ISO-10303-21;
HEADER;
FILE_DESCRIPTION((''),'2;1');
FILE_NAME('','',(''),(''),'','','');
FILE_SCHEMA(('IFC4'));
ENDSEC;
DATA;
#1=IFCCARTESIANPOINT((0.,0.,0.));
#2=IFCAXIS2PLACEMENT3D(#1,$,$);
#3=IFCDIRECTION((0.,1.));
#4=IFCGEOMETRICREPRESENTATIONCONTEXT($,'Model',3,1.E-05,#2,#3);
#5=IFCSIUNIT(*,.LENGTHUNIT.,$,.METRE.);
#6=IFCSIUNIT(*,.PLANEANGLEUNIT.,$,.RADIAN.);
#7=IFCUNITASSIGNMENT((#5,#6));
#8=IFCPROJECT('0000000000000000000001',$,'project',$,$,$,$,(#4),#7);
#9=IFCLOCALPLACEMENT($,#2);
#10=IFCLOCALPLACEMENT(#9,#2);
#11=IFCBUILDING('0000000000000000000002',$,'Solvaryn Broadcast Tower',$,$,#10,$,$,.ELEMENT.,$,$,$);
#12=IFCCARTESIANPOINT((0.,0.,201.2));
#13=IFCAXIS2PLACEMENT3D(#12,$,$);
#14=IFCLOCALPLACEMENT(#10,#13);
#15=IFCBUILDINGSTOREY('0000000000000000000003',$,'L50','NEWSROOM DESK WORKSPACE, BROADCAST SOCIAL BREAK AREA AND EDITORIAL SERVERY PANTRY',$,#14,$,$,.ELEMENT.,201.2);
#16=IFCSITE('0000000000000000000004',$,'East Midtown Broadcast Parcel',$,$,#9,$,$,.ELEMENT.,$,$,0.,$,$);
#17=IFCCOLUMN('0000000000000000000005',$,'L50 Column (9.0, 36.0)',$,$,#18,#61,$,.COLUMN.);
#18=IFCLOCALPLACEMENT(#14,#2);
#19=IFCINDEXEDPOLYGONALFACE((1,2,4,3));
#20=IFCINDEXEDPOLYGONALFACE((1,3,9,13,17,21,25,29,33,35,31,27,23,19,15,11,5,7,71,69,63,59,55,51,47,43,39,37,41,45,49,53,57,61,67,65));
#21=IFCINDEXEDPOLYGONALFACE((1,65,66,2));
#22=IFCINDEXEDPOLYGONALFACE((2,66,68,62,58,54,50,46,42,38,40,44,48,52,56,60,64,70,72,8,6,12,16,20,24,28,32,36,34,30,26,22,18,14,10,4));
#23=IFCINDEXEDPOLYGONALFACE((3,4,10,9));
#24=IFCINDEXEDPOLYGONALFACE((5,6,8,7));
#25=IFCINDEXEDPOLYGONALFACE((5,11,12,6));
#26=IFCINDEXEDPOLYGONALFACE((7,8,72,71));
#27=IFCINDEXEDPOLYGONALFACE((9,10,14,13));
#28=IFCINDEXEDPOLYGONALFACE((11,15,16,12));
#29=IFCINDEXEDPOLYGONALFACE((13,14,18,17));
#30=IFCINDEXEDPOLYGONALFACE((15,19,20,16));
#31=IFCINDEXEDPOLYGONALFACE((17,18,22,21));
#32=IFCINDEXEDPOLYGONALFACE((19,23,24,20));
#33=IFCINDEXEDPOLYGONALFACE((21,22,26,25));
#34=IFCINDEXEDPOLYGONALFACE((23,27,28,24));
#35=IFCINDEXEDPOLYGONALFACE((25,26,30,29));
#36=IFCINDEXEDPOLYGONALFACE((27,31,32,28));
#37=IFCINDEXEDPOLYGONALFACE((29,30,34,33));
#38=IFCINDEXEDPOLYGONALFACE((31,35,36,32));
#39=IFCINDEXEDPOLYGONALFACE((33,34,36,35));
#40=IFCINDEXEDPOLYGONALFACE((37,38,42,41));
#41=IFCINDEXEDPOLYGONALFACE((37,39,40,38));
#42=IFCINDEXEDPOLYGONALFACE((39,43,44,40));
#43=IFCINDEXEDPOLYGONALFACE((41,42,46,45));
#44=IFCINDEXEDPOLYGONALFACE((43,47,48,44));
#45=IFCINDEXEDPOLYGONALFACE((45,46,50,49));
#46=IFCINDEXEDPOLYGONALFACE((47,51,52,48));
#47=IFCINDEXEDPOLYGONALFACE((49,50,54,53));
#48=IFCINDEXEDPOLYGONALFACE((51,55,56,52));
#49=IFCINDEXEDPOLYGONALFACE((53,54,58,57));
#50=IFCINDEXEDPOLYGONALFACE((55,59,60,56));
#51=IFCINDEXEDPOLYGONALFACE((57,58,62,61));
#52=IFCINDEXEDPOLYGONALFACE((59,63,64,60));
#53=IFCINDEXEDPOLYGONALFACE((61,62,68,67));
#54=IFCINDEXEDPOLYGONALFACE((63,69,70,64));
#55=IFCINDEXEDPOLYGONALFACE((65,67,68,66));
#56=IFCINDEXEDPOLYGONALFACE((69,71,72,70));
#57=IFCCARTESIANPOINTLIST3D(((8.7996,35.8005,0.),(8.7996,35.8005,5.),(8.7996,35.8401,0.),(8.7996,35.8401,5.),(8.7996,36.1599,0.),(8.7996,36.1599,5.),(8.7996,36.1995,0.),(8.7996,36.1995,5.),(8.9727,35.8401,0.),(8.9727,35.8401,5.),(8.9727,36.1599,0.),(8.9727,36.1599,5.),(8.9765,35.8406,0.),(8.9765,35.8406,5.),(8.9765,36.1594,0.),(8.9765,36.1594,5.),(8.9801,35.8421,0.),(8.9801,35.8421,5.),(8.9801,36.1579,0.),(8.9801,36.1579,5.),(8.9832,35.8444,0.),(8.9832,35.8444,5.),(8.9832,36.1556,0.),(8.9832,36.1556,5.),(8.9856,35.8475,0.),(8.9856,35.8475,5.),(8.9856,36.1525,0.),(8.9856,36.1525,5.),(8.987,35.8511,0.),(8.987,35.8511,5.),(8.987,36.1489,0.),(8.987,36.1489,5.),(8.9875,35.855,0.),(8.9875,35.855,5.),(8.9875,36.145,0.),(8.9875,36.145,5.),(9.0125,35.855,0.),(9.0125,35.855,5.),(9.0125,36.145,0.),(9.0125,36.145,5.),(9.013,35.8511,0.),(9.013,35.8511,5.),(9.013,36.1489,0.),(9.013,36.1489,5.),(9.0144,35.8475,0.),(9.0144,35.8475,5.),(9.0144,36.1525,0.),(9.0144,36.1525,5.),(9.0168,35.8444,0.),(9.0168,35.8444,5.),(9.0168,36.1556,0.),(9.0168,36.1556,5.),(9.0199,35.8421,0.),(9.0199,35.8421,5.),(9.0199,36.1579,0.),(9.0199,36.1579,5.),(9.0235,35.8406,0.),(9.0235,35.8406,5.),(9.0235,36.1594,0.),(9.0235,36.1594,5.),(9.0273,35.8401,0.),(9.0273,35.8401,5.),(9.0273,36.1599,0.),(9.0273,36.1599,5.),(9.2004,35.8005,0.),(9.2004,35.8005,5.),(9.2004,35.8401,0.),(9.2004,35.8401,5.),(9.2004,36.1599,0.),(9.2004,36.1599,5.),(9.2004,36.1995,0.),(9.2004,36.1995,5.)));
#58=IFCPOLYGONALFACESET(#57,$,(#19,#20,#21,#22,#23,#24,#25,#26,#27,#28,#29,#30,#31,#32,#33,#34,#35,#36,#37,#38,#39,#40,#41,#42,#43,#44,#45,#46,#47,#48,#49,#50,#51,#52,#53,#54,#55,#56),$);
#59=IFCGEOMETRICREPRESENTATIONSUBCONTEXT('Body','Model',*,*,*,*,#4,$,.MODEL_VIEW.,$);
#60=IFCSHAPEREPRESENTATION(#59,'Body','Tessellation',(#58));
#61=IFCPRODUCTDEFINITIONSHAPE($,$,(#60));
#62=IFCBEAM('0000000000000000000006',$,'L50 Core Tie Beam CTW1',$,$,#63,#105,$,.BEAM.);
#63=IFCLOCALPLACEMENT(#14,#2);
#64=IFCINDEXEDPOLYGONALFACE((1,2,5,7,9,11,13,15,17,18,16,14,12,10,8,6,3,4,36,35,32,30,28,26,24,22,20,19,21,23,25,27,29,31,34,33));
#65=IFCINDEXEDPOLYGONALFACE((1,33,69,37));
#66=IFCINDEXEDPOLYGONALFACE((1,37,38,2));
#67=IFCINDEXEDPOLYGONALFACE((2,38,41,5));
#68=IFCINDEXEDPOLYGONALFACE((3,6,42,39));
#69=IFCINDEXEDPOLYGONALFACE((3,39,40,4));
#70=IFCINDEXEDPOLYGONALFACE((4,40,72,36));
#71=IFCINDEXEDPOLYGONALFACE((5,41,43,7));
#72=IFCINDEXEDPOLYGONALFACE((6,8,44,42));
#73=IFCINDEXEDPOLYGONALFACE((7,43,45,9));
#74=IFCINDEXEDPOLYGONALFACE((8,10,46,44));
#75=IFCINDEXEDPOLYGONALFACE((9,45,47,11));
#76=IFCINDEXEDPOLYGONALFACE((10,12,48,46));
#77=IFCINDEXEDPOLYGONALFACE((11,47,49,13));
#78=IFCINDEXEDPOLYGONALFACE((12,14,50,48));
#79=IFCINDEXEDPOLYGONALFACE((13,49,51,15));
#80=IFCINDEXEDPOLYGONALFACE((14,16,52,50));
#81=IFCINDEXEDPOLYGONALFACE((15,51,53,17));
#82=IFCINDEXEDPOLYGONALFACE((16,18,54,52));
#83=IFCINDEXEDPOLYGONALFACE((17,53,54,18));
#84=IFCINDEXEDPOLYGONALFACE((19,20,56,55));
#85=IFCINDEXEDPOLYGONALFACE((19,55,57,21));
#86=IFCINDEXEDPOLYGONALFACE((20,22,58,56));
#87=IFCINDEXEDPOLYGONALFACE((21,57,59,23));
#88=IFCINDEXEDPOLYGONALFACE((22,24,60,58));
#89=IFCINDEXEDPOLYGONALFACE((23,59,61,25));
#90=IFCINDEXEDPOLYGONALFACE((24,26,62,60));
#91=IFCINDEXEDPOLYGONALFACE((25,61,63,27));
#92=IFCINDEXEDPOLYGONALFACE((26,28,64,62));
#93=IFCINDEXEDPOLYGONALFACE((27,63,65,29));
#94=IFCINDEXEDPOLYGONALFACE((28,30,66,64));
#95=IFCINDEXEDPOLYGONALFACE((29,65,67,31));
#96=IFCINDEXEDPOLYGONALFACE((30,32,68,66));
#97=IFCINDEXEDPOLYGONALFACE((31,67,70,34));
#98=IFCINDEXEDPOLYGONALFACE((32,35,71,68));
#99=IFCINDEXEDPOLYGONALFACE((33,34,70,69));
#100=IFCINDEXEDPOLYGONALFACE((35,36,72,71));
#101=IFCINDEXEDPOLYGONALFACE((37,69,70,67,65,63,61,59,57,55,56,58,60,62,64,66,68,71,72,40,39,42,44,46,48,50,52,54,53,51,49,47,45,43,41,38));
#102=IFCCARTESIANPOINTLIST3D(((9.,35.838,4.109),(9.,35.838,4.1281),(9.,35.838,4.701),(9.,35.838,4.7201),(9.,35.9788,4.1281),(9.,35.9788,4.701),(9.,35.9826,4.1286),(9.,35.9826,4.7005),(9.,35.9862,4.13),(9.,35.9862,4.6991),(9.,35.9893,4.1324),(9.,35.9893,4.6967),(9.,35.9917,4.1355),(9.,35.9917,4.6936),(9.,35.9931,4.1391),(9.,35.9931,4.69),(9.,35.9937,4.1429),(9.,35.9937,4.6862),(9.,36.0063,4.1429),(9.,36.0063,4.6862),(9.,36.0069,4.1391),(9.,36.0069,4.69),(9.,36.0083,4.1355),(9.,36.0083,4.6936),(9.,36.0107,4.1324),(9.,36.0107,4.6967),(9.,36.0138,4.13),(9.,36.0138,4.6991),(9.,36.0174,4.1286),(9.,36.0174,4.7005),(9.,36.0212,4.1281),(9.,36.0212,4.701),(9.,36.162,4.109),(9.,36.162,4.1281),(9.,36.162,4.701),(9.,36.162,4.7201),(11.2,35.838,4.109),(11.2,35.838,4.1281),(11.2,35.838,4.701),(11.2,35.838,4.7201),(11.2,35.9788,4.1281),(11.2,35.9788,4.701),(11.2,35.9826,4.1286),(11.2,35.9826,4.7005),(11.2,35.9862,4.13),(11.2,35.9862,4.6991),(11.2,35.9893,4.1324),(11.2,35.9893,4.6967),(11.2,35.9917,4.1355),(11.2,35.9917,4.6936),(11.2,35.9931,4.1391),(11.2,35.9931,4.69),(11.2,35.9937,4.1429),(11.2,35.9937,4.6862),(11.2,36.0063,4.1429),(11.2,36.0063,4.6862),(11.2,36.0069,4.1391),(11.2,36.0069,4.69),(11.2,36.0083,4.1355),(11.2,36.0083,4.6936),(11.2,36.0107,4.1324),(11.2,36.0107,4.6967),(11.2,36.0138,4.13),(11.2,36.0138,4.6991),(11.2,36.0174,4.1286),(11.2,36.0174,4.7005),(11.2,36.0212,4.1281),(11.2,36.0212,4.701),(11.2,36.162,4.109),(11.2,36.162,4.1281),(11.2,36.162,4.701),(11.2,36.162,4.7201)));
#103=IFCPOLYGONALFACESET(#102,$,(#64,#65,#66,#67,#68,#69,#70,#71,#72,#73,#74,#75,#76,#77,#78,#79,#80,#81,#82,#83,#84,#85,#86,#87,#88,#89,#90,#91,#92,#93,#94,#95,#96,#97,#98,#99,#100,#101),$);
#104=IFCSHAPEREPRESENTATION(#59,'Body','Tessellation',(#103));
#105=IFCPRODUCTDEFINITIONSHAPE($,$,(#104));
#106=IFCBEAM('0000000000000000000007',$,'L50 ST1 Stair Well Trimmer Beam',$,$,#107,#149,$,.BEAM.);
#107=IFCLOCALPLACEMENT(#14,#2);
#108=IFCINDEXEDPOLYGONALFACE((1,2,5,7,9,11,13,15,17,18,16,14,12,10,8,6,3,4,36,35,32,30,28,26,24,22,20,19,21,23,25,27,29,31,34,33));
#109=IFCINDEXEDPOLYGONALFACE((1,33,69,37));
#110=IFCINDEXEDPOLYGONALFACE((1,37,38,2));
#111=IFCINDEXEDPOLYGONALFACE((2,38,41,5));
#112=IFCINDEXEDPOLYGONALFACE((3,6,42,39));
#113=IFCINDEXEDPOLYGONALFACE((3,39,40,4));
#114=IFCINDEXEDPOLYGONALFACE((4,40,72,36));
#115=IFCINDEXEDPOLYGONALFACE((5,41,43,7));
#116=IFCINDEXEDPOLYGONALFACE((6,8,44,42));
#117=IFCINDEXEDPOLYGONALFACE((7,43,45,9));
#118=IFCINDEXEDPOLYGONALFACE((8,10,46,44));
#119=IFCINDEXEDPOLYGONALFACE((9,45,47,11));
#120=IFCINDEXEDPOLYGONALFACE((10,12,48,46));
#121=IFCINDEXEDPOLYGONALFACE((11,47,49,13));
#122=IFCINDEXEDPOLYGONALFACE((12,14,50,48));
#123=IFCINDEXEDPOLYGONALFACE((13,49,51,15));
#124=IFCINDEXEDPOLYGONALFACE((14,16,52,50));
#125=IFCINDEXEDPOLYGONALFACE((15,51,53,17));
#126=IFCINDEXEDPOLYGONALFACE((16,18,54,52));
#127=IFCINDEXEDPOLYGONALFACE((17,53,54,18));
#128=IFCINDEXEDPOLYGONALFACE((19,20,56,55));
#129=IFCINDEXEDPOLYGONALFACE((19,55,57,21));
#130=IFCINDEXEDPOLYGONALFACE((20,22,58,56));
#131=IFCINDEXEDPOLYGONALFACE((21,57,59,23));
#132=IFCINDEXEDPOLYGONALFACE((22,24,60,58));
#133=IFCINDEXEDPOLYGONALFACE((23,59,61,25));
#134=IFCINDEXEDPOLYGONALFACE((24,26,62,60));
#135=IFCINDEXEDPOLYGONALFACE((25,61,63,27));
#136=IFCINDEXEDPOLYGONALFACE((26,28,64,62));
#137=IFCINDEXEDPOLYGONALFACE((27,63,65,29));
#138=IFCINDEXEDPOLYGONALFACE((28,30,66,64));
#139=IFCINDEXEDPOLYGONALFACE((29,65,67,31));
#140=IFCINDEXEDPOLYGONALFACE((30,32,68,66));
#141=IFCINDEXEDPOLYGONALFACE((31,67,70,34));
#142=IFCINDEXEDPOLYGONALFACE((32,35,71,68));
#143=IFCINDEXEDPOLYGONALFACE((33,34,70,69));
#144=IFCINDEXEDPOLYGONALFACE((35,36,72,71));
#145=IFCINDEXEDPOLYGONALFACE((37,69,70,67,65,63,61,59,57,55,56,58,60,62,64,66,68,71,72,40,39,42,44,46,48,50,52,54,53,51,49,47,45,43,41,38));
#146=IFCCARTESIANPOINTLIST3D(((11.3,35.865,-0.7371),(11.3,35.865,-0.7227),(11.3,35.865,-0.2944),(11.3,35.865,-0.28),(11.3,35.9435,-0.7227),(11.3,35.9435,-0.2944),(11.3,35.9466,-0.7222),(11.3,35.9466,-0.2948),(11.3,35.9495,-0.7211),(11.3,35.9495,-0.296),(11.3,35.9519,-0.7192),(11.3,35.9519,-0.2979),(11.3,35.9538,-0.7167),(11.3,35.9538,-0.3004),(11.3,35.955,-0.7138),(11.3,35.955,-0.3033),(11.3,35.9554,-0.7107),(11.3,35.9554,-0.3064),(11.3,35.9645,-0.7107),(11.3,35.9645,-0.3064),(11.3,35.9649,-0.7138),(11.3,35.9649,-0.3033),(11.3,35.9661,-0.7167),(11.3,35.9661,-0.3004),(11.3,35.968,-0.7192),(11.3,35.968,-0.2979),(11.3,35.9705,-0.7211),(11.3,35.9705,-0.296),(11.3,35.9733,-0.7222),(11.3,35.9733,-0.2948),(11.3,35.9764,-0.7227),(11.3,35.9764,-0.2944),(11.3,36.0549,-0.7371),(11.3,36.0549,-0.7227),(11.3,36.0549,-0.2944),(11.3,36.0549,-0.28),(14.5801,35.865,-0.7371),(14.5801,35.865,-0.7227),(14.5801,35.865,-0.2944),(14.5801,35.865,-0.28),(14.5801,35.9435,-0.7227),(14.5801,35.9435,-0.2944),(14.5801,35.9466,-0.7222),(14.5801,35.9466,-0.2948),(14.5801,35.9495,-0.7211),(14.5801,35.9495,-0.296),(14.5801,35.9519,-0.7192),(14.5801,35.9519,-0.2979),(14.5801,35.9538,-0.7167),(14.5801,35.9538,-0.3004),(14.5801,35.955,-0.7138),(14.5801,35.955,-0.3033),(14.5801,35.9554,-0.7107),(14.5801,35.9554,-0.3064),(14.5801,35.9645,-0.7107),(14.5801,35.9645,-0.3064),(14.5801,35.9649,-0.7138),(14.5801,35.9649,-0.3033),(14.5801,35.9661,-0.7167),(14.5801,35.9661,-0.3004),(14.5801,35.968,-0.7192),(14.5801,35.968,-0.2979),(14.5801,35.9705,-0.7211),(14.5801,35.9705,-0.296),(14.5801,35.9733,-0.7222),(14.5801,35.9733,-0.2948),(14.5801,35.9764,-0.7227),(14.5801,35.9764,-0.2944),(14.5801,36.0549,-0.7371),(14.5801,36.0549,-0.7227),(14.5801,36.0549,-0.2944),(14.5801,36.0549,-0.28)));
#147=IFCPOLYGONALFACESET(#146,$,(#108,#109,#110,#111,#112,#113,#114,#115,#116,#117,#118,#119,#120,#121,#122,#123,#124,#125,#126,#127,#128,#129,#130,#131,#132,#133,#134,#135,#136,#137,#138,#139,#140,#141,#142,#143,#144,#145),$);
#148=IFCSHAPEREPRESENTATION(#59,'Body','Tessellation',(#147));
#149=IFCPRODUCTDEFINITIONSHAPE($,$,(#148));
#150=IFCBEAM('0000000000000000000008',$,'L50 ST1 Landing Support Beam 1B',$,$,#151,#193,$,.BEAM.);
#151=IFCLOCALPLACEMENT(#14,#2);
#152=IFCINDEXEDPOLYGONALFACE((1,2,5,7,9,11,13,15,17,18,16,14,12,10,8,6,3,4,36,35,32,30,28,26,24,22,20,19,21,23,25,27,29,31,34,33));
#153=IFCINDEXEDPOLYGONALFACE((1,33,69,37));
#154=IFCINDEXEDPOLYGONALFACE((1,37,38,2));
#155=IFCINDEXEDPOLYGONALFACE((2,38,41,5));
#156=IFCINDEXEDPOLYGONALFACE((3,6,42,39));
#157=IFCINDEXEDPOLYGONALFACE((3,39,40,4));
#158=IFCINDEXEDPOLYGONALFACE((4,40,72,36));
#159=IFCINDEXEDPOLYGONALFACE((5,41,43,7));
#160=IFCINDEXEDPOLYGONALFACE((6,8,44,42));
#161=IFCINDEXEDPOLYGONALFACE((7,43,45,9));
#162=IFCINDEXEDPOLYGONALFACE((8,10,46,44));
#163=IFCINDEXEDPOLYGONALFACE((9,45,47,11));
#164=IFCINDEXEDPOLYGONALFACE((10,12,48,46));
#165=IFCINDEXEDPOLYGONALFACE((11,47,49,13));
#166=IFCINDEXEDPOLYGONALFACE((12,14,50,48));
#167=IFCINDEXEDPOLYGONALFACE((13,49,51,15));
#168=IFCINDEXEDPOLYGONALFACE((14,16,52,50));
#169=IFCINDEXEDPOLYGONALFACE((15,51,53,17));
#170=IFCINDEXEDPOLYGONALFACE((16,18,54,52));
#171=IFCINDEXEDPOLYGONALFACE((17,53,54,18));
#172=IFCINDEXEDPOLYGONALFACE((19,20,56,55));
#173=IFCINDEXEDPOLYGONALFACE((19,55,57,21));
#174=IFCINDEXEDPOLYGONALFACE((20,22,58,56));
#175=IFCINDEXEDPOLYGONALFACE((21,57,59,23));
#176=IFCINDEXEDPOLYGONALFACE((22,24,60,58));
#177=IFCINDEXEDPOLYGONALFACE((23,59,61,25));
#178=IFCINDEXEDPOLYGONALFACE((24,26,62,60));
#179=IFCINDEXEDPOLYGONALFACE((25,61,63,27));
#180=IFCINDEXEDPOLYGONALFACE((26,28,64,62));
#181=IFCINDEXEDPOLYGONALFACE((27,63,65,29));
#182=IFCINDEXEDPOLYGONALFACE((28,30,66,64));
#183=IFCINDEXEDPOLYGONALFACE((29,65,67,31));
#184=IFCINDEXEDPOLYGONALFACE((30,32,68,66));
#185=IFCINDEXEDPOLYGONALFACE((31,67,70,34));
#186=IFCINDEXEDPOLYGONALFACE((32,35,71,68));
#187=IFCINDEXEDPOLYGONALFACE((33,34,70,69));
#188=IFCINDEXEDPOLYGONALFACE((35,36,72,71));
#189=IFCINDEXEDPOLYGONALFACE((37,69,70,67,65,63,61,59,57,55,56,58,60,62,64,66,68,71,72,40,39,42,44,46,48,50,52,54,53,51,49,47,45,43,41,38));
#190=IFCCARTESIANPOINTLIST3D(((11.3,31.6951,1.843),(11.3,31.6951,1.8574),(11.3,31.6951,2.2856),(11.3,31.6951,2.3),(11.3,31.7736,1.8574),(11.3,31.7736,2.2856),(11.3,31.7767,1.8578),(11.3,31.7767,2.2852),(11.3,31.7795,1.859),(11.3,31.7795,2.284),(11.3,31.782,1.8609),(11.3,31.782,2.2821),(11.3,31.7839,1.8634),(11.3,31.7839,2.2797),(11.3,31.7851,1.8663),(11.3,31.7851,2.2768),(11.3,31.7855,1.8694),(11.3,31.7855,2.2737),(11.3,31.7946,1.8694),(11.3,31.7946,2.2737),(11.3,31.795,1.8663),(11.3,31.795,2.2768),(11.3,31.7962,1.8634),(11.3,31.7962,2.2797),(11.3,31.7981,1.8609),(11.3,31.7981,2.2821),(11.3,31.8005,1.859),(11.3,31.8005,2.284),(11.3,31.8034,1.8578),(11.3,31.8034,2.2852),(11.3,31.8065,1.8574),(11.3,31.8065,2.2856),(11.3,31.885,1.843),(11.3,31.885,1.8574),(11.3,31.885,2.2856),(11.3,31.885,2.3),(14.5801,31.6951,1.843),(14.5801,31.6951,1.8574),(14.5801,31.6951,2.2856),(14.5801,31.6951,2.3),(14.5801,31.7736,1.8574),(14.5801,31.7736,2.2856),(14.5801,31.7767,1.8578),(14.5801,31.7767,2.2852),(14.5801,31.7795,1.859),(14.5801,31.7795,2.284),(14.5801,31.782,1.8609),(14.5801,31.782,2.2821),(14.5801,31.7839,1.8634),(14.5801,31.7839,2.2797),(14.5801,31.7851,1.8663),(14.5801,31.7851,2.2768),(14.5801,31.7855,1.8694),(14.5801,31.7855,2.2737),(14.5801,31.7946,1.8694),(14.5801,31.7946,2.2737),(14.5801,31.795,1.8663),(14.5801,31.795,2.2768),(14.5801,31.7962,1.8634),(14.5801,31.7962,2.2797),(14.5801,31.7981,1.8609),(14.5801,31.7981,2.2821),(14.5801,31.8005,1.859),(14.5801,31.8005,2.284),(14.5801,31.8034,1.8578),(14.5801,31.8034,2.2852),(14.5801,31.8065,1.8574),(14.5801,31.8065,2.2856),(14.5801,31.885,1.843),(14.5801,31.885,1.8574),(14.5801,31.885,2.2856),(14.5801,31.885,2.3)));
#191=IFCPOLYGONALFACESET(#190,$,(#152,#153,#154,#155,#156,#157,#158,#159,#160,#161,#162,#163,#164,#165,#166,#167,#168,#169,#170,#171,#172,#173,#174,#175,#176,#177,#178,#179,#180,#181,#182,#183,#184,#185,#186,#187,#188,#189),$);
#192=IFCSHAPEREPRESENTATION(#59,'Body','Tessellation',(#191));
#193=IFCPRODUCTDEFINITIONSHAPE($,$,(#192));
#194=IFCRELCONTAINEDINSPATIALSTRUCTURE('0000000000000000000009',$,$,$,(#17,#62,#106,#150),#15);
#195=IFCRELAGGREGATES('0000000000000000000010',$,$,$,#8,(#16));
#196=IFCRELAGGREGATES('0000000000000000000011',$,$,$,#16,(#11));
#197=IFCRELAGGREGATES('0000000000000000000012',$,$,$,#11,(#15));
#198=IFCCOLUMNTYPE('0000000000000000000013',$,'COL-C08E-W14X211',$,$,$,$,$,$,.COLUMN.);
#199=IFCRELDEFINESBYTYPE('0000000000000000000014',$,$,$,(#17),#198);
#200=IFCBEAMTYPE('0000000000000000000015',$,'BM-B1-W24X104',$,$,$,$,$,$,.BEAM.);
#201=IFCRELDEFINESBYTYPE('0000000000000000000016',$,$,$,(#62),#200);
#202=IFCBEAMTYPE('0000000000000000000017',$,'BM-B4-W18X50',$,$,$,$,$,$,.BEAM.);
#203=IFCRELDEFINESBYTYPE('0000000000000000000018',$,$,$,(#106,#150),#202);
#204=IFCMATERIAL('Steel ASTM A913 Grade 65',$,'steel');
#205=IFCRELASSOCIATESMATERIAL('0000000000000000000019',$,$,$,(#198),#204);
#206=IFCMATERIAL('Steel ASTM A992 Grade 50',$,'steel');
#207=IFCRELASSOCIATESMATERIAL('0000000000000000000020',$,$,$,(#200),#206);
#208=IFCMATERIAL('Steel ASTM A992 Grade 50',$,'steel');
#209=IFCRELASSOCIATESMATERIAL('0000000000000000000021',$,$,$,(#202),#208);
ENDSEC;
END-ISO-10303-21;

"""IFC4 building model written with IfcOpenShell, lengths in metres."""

from ifc_helpers import new_model, si_unit, direction, frame, origin, origin_2d, place, context, subcontext, project, spatial, i_section, extrude, material, material_profile, profile_set, type_object, element, save


model = new_model("IFC4")

# Units and contexts
model_context = context("Model", 3, precision=1e-05, world=origin(), true_north=direction((0.0, 1.0)))
body_context = subcontext(model_context, "Body", "Model", "MODEL_VIEW")
ifc_project = project(units=[si_unit("LENGTHUNIT", "METRE"), si_unit("PLANEANGLEUNIT", "RADIAN")], contexts=[model_context])

# Site, building, storey
site_placement = place(None, origin())
site = spatial("IfcSite", under=ifc_project, at=site_placement, Name="East Midtown Broadcast Parcel", CompositionType="ELEMENT", RefElevation=0.0)
building_placement = place(site_placement, origin())
building = spatial("IfcBuilding", under=site, at=building_placement, Name="Solvaryn Broadcast Tower", CompositionType="ELEMENT")
storey_placement = place(building_placement, frame((0.0, 0.0, 201.2)))
storey = spatial("IfcBuildingStorey", under=building, at=storey_placement, Name="L50", Description="NEWSROOM DESK WORKSPACE, BROADCAST SOCIAL BREAK AREA AND EDITORIAL SERVERY PANTRY", CompositionType="ELEMENT", Elevation=201.2)

# Column
ifc_material_1 = material(Name="Steel ASTM A913 Grade 65", Category="steel")
ifc_material_profile_1 = material_profile(ifc_material_1, i_section(OverallWidth=0.4009, OverallDepth=0.3989, WebThickness=0.0249, FlangeThickness=0.0396, FilletRadius=0.0149, at=origin_2d()))
ifc_profile_set_1 = profile_set([ifc_material_profile_1], Name="Steel ASTM A913 Grade 65")
column_type = type_object("IfcColumnType", Name="COL-C08E-W14X211", PredefinedType="COLUMN", material=ifc_profile_set_1)
column_placement = place(storey_placement, frame((9.0, 36.0, 0.0), z_axis=(0.0, 0.0, 1.0), x_axis=(1.0, 0.0, 0.0)))
element("IfcColumn", 1, at=column_placement, inside=storey, type_object=column_type, Name="L50 Column (9.0, 36.0)", PredefinedType="COLUMN", context=body_context, shape_type="SweptSolid", body=[
    extrude(i_section(OverallWidth=0.4009, OverallDepth=0.3989, WebThickness=0.0249, FlangeThickness=0.0396, FilletRadius=0.0149, at=origin_2d()), origin(), (0.0, 0.0, 1.0), 5.0),
])

# Beams
ifc_material_2 = material(Name="Steel ASTM A992 Grade 50", Category="steel")
ifc_material_profile_2 = material_profile(ifc_material_2, i_section(OverallWidth=0.324, OverallDepth=0.6111, WebThickness=0.0127, FlangeThickness=0.019, FilletRadius=0.0149, at=origin_2d()))
ifc_profile_set_2 = profile_set([ifc_material_profile_2], Name="Steel ASTM A992 Grade 50")
beam_type_1 = type_object("IfcBeamType", Name="BM-B1-W24X104", PredefinedType="BEAM", material=ifc_profile_set_2)
beam_placement = place(storey_placement, frame((9.0, 36.0, 4.4146), z_axis=(1.0, 0.0, 0.0), x_axis=(0.0, 1.0, 0.0)))
element("IfcBeam", 2, at=beam_placement, inside=storey, type_object=beam_type_1, Name="L50 Core Tie Beam CTW1", PredefinedType="BEAM", context=body_context, shape_type="SweptSolid", body=[
    extrude(i_section(OverallWidth=0.324, OverallDepth=0.6111, WebThickness=0.0127, FlangeThickness=0.019, FilletRadius=0.0149, at=origin_2d()), origin(), (0.0, 0.0, 1.0), 2.2),
])
ifc_material_3 = material(Name="Steel ASTM A992 Grade 50", Category="steel")
ifc_material_profile_3 = material_profile(ifc_material_3, i_section(OverallWidth=0.1899, OverallDepth=0.457, WebThickness=0.009, FlangeThickness=0.0144, FilletRadius=0.012, at=origin_2d()))
ifc_profile_set_3 = profile_set([ifc_material_profile_3], Name="Steel ASTM A992 Grade 50")
beam_type_2 = type_object("IfcBeamType", Name="BM-B4-W18X50", PredefinedType="BEAM", material=ifc_profile_set_3)
for number, where, z_axis, x_axis, name in (
    (3, (11.3, 35.96, -0.5085), (1.0, 0.0, 0.0), (0.0, 1.0, 0.0), "L50 ST1 Stair Well Trimmer Beam"),
    (4, (11.3, 31.79, 2.0715), (1.0, 0.0, 0.0), (0.0, 1.0, 0.0), "L50 ST1 Landing Support Beam 1B"),
):
    element("IfcBeam", number, at=place(storey_placement, frame(where, z_axis=z_axis, x_axis=x_axis)), inside=storey, type_object=beam_type_2, Name=name, PredefinedType="BEAM", context=body_context, shape_type="SweptSolid", body=[
        extrude(i_section(OverallWidth=0.1899, OverallDepth=0.457, WebThickness=0.009, FlangeThickness=0.0144, FilletRadius=0.012, at=origin_2d()), origin(), (0.0, 0.0, 1.0), 3.28),
    ])

save(model, "model.ifc")
